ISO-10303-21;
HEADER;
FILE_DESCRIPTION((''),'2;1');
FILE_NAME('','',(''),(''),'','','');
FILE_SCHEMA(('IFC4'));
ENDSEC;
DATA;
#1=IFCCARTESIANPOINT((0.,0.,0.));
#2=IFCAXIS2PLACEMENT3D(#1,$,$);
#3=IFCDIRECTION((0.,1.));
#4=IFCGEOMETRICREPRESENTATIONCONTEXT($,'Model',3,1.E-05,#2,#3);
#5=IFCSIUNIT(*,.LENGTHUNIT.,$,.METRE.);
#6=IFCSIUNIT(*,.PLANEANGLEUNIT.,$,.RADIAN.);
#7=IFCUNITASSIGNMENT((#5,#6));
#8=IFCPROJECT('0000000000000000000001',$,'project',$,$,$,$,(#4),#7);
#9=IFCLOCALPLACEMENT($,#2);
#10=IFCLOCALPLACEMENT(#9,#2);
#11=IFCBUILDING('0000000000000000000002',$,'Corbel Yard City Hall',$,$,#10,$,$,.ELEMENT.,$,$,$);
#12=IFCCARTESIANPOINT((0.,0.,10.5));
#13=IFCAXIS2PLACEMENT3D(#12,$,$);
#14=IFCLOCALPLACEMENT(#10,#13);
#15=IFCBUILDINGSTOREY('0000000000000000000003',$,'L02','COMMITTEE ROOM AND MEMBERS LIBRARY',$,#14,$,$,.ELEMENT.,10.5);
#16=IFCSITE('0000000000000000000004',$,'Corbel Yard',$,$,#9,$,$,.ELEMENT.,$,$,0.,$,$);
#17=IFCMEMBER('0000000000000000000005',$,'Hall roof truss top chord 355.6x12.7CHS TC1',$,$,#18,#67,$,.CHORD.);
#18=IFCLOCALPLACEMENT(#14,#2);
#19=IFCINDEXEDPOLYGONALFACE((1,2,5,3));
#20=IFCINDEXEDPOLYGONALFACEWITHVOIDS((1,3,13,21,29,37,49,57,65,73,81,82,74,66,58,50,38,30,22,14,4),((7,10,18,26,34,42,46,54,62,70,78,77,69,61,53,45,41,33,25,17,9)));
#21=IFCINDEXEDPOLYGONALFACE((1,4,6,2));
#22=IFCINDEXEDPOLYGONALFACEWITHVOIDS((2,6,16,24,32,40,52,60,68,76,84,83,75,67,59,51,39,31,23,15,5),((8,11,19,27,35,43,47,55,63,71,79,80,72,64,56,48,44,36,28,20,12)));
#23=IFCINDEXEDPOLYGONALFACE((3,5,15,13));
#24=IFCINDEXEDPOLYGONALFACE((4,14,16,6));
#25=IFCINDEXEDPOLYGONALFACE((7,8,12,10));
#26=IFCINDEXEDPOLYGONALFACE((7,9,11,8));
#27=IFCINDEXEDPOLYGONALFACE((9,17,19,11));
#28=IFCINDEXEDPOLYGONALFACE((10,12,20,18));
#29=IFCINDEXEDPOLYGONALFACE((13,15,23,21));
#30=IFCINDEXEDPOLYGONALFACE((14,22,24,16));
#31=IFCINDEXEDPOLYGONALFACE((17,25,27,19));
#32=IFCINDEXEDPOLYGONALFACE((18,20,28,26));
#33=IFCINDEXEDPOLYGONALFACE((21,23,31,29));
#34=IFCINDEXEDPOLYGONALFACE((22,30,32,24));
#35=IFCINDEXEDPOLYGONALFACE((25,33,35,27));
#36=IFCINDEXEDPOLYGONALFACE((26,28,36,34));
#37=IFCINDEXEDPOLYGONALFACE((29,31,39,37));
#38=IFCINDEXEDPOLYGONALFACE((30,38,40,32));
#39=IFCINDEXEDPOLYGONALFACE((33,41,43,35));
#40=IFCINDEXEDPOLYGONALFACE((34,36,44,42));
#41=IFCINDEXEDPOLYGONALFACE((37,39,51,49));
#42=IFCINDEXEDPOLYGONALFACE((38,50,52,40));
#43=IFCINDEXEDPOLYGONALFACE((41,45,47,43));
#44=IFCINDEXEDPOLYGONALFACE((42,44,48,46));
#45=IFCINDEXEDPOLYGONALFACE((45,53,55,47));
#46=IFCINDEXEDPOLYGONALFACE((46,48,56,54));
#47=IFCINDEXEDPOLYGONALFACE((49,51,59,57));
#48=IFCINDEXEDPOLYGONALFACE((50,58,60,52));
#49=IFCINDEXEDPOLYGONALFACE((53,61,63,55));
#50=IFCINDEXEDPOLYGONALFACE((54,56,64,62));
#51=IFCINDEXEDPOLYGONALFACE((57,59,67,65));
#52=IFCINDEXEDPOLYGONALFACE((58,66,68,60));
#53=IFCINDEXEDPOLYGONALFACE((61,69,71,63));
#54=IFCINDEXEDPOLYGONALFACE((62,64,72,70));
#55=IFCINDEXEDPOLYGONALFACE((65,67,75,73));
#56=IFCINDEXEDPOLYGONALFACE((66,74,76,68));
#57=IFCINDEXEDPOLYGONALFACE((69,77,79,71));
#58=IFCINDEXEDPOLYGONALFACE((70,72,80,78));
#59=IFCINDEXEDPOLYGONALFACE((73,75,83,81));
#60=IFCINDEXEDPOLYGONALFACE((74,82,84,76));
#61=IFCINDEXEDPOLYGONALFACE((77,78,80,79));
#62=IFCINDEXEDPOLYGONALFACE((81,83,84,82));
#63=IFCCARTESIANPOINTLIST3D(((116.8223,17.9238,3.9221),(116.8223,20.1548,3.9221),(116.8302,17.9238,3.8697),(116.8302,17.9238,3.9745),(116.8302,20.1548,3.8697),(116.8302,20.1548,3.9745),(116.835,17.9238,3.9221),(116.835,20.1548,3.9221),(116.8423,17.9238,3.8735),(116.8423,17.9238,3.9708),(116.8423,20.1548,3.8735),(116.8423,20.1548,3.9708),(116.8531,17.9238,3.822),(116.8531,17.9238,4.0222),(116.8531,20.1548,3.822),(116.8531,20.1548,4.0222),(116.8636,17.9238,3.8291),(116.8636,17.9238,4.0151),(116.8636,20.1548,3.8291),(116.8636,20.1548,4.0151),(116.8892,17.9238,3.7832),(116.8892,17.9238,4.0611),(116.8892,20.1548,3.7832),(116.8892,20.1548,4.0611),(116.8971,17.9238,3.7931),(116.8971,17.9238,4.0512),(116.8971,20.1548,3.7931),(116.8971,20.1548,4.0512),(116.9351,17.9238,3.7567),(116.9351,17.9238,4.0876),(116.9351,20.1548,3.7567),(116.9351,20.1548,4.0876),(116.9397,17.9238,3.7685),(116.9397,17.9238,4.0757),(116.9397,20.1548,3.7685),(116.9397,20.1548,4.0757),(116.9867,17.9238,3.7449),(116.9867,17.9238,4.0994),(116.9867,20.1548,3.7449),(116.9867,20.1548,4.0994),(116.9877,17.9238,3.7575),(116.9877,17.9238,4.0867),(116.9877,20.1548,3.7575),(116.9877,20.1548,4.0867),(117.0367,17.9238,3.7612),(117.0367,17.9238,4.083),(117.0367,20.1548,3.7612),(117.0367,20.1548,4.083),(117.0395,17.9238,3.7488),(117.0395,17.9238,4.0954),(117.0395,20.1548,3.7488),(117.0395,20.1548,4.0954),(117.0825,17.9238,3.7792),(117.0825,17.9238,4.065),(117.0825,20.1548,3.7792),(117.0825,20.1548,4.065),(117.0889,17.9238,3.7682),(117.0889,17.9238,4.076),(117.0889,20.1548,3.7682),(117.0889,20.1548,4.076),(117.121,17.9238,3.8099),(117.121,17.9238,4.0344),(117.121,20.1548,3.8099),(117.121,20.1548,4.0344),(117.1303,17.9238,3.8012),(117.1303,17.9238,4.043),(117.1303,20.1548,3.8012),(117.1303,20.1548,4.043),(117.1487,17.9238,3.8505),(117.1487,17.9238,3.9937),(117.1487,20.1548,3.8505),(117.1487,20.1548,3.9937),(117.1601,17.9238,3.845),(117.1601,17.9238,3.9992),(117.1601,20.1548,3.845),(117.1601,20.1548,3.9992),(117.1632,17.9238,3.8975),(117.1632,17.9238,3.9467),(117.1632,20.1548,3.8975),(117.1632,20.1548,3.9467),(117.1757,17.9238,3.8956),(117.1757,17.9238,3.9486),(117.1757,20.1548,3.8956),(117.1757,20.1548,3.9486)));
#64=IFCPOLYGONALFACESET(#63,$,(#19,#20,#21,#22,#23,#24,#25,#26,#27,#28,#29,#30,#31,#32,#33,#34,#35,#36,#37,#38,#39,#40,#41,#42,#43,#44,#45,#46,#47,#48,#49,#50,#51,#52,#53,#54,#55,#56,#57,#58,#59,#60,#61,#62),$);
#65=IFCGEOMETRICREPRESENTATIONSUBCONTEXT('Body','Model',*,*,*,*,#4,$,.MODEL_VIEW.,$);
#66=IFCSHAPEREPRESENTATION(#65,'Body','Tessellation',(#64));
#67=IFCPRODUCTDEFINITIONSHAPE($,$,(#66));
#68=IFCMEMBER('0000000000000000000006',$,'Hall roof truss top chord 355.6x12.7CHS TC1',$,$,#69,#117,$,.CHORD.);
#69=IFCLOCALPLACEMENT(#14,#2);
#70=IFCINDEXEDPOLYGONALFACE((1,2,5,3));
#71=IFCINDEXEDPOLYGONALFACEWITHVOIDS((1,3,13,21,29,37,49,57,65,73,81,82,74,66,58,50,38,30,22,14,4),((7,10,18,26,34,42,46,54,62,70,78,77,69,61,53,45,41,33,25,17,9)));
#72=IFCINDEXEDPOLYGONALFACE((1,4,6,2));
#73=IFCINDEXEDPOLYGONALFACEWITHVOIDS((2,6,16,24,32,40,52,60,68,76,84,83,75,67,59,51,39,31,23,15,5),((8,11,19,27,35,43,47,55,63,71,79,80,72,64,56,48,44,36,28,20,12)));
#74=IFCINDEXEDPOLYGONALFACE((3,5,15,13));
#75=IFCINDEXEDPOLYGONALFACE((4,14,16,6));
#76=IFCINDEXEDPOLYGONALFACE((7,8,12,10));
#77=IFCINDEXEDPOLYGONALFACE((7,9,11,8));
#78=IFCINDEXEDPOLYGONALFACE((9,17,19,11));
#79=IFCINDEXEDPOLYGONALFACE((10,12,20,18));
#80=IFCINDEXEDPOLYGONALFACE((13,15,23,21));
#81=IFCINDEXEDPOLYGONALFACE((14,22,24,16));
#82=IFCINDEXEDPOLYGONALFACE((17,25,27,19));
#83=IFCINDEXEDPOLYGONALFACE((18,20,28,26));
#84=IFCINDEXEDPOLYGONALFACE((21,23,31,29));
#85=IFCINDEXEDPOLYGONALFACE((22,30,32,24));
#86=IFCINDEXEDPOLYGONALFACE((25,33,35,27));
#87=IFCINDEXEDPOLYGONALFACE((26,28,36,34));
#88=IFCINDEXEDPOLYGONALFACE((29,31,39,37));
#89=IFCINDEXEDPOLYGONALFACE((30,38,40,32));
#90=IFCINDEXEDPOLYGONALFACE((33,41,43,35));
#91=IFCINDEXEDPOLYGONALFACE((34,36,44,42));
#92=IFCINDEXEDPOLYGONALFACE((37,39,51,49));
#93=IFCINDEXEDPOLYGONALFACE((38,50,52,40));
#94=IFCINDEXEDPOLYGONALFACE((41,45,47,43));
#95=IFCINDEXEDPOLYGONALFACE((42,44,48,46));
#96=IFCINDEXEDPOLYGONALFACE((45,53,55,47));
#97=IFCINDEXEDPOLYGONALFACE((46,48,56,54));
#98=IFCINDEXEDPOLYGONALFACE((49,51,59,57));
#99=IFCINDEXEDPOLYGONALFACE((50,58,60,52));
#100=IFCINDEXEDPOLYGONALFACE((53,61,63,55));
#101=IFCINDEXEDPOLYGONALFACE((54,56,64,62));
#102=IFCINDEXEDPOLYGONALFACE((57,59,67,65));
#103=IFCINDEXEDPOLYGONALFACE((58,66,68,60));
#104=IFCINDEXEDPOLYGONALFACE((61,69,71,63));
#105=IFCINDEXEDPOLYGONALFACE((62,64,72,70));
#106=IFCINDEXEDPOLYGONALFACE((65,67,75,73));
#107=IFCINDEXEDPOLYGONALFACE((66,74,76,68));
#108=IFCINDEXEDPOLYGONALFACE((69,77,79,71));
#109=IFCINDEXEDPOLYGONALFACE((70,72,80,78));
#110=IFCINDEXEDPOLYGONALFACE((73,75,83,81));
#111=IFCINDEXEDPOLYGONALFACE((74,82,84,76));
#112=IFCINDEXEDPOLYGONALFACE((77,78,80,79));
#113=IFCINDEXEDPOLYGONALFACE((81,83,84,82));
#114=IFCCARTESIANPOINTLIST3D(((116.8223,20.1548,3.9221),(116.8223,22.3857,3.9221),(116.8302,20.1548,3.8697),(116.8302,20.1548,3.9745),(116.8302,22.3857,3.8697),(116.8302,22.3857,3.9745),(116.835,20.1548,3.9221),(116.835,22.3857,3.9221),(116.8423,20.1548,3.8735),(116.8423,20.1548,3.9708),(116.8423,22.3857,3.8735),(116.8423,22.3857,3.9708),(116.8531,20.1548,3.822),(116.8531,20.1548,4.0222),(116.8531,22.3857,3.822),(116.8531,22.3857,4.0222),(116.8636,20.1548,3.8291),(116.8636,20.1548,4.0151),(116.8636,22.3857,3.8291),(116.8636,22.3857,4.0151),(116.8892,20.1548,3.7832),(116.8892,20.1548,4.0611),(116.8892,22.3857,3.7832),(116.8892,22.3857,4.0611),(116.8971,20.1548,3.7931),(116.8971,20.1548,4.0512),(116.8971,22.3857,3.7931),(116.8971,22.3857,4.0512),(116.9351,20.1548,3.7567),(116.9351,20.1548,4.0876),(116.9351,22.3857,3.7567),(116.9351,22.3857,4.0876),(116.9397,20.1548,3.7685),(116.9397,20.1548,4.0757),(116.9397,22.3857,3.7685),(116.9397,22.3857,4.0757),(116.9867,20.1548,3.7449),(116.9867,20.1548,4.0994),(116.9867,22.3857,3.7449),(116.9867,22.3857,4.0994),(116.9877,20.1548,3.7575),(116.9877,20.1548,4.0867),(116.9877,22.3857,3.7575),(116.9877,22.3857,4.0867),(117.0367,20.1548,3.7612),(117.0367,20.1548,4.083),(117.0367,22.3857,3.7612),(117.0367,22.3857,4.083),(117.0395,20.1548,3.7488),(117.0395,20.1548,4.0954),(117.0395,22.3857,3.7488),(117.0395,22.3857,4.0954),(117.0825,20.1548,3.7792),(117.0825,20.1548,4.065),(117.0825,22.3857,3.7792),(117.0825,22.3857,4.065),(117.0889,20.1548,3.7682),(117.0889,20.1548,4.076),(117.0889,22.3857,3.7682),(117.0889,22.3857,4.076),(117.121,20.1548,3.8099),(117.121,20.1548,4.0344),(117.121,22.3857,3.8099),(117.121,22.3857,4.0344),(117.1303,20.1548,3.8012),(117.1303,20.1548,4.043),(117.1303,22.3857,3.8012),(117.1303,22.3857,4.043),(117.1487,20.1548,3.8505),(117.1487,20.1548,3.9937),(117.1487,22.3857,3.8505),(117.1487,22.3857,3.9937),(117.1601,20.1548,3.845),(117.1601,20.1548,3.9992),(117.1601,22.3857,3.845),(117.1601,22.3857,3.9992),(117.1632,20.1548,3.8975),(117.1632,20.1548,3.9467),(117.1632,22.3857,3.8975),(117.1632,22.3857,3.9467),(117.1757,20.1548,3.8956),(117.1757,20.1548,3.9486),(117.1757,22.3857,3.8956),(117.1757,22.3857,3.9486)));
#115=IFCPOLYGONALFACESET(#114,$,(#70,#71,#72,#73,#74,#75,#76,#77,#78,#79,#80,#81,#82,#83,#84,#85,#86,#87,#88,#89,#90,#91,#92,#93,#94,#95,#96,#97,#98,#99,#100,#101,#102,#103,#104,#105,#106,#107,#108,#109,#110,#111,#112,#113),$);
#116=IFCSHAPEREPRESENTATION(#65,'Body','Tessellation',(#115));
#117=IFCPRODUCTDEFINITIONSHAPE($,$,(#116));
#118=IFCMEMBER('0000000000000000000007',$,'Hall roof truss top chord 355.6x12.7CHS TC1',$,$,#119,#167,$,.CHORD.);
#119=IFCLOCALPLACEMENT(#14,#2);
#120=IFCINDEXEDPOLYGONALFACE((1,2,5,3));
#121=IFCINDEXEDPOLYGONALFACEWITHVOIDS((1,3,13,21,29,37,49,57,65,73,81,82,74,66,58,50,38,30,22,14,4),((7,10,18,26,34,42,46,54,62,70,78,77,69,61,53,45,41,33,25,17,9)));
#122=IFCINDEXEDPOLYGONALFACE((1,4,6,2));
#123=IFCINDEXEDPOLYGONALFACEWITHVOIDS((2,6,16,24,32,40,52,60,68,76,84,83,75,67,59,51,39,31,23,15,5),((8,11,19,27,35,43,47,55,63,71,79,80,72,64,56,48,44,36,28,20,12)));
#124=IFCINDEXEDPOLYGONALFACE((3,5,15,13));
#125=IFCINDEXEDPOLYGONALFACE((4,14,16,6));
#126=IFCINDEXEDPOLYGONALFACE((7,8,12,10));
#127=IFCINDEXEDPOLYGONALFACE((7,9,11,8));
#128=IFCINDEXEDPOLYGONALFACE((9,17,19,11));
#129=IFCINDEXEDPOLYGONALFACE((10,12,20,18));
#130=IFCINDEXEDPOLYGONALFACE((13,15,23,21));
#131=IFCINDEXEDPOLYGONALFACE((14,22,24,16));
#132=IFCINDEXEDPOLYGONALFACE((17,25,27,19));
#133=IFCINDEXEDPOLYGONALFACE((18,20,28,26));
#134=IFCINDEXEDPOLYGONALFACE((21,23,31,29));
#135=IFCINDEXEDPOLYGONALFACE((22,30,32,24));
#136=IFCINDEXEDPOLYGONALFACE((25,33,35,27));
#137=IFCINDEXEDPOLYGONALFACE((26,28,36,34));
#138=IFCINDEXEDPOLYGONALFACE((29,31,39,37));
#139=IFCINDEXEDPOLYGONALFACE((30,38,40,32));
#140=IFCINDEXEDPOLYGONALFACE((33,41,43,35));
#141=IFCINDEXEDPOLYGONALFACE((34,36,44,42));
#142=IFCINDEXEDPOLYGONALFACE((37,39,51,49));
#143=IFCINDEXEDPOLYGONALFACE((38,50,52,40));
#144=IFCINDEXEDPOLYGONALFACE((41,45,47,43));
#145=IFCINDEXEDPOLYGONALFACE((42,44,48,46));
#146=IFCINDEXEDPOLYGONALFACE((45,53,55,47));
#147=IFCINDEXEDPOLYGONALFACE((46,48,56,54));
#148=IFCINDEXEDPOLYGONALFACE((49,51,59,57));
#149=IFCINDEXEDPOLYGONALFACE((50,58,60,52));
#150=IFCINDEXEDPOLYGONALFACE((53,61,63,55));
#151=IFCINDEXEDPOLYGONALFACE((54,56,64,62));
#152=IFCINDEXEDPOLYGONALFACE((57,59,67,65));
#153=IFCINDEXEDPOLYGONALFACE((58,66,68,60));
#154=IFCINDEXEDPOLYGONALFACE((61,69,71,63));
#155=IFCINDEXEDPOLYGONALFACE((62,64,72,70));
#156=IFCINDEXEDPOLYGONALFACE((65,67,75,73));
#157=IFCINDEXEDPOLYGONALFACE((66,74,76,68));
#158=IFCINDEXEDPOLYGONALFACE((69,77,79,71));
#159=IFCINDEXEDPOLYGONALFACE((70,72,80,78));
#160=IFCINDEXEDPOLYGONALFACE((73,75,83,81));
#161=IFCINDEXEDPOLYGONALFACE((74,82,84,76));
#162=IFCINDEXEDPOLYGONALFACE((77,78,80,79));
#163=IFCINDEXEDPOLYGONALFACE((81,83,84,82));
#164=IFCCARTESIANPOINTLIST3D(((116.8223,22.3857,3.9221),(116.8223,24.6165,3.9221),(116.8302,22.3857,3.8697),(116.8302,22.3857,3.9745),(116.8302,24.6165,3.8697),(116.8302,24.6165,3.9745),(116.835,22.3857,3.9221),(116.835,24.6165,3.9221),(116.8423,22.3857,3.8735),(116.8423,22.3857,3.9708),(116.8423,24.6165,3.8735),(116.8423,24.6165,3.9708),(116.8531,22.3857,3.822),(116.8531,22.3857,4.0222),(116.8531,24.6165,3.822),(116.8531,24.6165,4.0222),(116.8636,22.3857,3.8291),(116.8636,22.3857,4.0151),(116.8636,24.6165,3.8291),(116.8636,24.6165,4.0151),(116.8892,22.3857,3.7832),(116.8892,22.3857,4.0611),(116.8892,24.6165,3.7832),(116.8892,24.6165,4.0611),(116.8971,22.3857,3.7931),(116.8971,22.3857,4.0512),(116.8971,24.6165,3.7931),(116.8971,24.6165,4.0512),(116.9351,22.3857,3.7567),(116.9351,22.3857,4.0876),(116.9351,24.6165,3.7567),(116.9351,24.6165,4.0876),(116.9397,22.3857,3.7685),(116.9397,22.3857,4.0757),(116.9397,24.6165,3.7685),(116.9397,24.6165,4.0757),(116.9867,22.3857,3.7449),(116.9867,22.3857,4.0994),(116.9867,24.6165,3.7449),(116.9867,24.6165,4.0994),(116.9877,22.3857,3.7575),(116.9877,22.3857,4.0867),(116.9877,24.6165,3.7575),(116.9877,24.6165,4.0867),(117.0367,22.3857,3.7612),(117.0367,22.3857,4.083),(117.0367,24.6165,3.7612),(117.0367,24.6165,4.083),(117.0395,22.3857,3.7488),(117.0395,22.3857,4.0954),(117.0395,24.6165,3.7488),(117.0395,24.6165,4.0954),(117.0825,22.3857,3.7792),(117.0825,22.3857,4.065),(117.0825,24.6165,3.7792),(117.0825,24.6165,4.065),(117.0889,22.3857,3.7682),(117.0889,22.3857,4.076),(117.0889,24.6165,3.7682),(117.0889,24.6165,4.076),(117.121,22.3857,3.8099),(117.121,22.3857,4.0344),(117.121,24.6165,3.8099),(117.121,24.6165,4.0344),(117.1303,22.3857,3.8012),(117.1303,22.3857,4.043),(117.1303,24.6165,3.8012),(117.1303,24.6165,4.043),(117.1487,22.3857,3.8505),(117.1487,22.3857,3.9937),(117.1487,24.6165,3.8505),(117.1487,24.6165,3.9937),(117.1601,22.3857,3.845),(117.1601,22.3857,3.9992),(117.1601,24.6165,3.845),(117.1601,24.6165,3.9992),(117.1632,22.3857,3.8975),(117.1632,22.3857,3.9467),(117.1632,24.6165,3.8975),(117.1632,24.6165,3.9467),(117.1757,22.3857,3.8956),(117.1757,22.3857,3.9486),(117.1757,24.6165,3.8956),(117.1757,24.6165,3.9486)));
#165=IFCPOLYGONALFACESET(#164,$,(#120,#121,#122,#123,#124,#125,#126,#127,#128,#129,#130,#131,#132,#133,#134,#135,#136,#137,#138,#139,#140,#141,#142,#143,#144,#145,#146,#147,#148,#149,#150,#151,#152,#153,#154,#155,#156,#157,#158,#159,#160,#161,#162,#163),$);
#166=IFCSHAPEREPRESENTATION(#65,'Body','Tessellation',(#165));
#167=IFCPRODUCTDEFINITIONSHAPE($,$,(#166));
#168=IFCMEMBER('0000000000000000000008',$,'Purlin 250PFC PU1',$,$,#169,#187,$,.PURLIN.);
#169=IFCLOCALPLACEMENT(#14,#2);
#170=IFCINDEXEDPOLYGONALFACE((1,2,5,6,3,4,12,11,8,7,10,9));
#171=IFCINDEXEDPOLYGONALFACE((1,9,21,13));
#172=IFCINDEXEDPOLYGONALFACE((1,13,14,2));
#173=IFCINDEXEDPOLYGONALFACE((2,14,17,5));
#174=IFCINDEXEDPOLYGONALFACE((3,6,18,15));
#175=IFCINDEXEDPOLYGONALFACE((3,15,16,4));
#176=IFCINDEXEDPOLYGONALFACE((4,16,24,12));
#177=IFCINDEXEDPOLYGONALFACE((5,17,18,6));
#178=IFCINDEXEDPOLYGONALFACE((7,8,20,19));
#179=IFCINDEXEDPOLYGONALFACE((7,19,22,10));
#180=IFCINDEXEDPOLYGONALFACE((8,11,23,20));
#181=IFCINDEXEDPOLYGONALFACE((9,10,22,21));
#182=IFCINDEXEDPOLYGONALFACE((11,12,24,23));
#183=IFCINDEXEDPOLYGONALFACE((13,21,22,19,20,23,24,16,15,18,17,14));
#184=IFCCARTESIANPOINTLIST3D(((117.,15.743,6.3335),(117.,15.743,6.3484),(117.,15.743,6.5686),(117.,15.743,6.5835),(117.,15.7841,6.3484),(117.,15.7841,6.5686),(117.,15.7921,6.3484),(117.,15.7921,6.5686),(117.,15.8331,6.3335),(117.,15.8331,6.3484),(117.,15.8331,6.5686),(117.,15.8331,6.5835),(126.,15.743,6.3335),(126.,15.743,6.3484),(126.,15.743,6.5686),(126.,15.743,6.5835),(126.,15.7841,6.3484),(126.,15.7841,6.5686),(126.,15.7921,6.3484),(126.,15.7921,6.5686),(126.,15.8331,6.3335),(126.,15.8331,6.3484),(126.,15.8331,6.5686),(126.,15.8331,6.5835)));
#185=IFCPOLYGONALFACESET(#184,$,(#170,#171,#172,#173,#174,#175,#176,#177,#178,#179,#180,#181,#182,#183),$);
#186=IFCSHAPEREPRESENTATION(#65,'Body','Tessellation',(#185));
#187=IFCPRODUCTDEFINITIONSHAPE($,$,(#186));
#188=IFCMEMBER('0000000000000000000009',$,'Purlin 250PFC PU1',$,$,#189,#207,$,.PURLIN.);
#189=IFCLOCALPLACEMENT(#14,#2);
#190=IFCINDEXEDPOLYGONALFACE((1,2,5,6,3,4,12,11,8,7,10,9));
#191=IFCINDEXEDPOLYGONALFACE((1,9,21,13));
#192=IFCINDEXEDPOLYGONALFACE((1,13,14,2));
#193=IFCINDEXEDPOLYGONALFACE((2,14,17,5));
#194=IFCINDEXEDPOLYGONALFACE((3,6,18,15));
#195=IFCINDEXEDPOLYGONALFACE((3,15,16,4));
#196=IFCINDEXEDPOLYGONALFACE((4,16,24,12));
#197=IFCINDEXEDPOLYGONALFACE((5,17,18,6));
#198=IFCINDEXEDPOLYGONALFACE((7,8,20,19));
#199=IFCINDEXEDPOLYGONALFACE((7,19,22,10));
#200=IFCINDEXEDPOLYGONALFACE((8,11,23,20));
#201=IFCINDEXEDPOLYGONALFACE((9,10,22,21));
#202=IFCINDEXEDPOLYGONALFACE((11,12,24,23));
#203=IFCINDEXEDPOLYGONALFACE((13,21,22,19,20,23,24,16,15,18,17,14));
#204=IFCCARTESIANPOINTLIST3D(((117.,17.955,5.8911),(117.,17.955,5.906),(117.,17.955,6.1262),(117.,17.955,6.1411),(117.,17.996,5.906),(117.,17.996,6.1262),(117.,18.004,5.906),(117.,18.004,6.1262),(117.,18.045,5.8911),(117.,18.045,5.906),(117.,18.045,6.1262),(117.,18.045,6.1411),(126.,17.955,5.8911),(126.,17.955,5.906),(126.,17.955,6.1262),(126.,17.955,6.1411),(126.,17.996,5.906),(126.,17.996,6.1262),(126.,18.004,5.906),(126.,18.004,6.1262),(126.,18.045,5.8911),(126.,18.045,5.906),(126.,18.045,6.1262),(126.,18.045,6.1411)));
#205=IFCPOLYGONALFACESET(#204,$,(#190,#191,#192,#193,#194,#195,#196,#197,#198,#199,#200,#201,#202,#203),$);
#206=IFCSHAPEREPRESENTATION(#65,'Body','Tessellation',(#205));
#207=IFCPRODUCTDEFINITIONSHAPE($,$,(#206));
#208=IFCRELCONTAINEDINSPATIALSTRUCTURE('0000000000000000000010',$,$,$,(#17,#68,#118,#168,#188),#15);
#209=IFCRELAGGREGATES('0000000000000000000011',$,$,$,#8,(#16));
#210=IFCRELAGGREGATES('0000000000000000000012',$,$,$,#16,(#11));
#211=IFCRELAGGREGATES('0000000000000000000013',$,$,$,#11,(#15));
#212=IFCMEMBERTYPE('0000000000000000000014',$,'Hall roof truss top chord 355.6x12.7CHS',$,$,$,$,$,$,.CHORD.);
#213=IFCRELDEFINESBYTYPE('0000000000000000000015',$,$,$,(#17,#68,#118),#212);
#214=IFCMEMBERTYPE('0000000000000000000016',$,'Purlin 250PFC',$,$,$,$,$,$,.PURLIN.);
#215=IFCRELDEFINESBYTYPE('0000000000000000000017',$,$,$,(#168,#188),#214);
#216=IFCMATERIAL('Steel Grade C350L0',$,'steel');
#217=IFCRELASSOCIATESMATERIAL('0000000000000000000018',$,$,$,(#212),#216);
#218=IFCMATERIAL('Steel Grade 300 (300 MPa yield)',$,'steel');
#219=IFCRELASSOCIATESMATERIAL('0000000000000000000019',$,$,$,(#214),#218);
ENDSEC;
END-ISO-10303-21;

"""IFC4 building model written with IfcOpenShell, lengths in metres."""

from ifc_helpers import new_model, si_unit, direction, frame, origin, origin_2d, place, context, subcontext, project, spatial, hollow_circle, i_section, extrude, material, material_profile, profile_set, type_object, element, save


model = new_model("IFC4")

# Units and contexts
model_context = context("Model", 3, precision=1e-05, world=origin(), true_north=direction((0.0, 1.0)))
body_context = subcontext(model_context, "Body", "Model", "MODEL_VIEW")
ifc_project = project(units=[si_unit("LENGTHUNIT", "METRE"), si_unit("PLANEANGLEUNIT", "RADIAN")], contexts=[model_context])

# Site, building, storey
site_placement = place(None, origin())
site = spatial("IfcSite", under=ifc_project, at=site_placement, Name="Corbel Yard", CompositionType="ELEMENT", RefElevation=0.0)
building_placement = place(site_placement, origin())
building = spatial("IfcBuilding", under=site, at=building_placement, Name="Corbel Yard City Hall", CompositionType="ELEMENT")
storey_placement = place(building_placement, frame((0.0, 0.0, 10.5)))
storey = spatial("IfcBuildingStorey", under=building, at=storey_placement, Name="L02", Description="COMMITTEE ROOM AND MEMBERS LIBRARY", CompositionType="ELEMENT", Elevation=10.5)

# Members
ifc_material_1 = material(Name="Steel Grade C350L0", Category="steel")
ifc_material_profile_1 = material_profile(ifc_material_1, hollow_circle(Radius=0.1777, WallThickness=0.0127, at=origin_2d()), Name="355.6x12.7CHS")
ifc_profile_set_1 = profile_set([ifc_material_profile_1], Name="Steel Grade C350L0")
member_type_1 = type_object("IfcMemberType", Name="Hall roof truss top chord 355.6x12.7CHS", PredefinedType="CHORD", material=ifc_profile_set_1)
for number, where, z_axis, x_axis, name in (
    (1, (117.0, 17.9238, 3.9221), (0.0, 1.0, 0.0), (-1.0, 0.0, 0.0), "Hall roof truss top chord 355.6x12.7CHS TC1"),
    (2, (117.0, 20.1548, 3.9221), (0.0, 1.0, 0.0), (-1.0, 0.0, 0.0), "Hall roof truss top chord 355.6x12.7CHS TC1"),
):
    element("IfcMember", number, at=place(storey_placement, frame(where, z_axis=z_axis, x_axis=x_axis)), inside=storey, type_object=member_type_1, Name=name, PredefinedType="CHORD", context=body_context, shape_type="SweptSolid", body=[
        extrude(hollow_circle(Radius=0.1777, WallThickness=0.0127, at=origin_2d()), origin(), (0.0, 0.0, 1.0), 2.231),
    ])
member_1_placement = place(storey_placement, frame((117.0, 22.3857, 3.9221), z_axis=(0.0, 1.0, 0.0), x_axis=(-1.0, 0.0, 0.0)))
element("IfcMember", 3, at=member_1_placement, inside=storey, type_object=member_type_1, Name="Hall roof truss top chord 355.6x12.7CHS TC1", PredefinedType="CHORD", context=body_context, shape_type="SweptSolid", body=[
    extrude(hollow_circle(Radius=0.1777, WallThickness=0.0127, at=origin_2d()), origin(), (0.0, 0.0, 1.0), 2.2307),
])
ifc_material_2 = material(Name="Steel Grade 300 (300 MPa yield)", Category="steel")
ifc_material_profile_2 = material_profile(ifc_material_2, i_section(OverallWidth=0.0901, OverallDepth=0.25, WebThickness=0.0081, FlangeThickness=0.0149, at=origin_2d()), Name="250PFC")
ifc_profile_set_2 = profile_set([ifc_material_profile_2], Name="Steel Grade 300 (300 MPa yield)")
member_type_2 = type_object("IfcMemberType", Name="Purlin 250PFC", PredefinedType="PURLIN", material=ifc_profile_set_2)
for number, where, z_axis, x_axis, name in (
    (4, (117.0, 15.7881, 6.4585), (1.0, 0.0, 0.0), (0.0, 1.0, 0.0), "Purlin 250PFC PU1"),
    (5, (117.0, 18.0, 6.0161), (1.0, 0.0, 0.0), (0.0, 1.0, 0.0), "Purlin 250PFC PU1"),
):
    element("IfcMember", number, at=place(storey_placement, frame(where, z_axis=z_axis, x_axis=x_axis)), inside=storey, type_object=member_type_2, Name=name, PredefinedType="PURLIN", context=body_context, shape_type="SweptSolid", body=[
        extrude(i_section(OverallWidth=0.0901, OverallDepth=0.25, WebThickness=0.0081, FlangeThickness=0.0149, at=origin_2d()), origin(), (0.0, 0.0, 1.0), 9.0),
    ])

save(model, "model.ifc")
